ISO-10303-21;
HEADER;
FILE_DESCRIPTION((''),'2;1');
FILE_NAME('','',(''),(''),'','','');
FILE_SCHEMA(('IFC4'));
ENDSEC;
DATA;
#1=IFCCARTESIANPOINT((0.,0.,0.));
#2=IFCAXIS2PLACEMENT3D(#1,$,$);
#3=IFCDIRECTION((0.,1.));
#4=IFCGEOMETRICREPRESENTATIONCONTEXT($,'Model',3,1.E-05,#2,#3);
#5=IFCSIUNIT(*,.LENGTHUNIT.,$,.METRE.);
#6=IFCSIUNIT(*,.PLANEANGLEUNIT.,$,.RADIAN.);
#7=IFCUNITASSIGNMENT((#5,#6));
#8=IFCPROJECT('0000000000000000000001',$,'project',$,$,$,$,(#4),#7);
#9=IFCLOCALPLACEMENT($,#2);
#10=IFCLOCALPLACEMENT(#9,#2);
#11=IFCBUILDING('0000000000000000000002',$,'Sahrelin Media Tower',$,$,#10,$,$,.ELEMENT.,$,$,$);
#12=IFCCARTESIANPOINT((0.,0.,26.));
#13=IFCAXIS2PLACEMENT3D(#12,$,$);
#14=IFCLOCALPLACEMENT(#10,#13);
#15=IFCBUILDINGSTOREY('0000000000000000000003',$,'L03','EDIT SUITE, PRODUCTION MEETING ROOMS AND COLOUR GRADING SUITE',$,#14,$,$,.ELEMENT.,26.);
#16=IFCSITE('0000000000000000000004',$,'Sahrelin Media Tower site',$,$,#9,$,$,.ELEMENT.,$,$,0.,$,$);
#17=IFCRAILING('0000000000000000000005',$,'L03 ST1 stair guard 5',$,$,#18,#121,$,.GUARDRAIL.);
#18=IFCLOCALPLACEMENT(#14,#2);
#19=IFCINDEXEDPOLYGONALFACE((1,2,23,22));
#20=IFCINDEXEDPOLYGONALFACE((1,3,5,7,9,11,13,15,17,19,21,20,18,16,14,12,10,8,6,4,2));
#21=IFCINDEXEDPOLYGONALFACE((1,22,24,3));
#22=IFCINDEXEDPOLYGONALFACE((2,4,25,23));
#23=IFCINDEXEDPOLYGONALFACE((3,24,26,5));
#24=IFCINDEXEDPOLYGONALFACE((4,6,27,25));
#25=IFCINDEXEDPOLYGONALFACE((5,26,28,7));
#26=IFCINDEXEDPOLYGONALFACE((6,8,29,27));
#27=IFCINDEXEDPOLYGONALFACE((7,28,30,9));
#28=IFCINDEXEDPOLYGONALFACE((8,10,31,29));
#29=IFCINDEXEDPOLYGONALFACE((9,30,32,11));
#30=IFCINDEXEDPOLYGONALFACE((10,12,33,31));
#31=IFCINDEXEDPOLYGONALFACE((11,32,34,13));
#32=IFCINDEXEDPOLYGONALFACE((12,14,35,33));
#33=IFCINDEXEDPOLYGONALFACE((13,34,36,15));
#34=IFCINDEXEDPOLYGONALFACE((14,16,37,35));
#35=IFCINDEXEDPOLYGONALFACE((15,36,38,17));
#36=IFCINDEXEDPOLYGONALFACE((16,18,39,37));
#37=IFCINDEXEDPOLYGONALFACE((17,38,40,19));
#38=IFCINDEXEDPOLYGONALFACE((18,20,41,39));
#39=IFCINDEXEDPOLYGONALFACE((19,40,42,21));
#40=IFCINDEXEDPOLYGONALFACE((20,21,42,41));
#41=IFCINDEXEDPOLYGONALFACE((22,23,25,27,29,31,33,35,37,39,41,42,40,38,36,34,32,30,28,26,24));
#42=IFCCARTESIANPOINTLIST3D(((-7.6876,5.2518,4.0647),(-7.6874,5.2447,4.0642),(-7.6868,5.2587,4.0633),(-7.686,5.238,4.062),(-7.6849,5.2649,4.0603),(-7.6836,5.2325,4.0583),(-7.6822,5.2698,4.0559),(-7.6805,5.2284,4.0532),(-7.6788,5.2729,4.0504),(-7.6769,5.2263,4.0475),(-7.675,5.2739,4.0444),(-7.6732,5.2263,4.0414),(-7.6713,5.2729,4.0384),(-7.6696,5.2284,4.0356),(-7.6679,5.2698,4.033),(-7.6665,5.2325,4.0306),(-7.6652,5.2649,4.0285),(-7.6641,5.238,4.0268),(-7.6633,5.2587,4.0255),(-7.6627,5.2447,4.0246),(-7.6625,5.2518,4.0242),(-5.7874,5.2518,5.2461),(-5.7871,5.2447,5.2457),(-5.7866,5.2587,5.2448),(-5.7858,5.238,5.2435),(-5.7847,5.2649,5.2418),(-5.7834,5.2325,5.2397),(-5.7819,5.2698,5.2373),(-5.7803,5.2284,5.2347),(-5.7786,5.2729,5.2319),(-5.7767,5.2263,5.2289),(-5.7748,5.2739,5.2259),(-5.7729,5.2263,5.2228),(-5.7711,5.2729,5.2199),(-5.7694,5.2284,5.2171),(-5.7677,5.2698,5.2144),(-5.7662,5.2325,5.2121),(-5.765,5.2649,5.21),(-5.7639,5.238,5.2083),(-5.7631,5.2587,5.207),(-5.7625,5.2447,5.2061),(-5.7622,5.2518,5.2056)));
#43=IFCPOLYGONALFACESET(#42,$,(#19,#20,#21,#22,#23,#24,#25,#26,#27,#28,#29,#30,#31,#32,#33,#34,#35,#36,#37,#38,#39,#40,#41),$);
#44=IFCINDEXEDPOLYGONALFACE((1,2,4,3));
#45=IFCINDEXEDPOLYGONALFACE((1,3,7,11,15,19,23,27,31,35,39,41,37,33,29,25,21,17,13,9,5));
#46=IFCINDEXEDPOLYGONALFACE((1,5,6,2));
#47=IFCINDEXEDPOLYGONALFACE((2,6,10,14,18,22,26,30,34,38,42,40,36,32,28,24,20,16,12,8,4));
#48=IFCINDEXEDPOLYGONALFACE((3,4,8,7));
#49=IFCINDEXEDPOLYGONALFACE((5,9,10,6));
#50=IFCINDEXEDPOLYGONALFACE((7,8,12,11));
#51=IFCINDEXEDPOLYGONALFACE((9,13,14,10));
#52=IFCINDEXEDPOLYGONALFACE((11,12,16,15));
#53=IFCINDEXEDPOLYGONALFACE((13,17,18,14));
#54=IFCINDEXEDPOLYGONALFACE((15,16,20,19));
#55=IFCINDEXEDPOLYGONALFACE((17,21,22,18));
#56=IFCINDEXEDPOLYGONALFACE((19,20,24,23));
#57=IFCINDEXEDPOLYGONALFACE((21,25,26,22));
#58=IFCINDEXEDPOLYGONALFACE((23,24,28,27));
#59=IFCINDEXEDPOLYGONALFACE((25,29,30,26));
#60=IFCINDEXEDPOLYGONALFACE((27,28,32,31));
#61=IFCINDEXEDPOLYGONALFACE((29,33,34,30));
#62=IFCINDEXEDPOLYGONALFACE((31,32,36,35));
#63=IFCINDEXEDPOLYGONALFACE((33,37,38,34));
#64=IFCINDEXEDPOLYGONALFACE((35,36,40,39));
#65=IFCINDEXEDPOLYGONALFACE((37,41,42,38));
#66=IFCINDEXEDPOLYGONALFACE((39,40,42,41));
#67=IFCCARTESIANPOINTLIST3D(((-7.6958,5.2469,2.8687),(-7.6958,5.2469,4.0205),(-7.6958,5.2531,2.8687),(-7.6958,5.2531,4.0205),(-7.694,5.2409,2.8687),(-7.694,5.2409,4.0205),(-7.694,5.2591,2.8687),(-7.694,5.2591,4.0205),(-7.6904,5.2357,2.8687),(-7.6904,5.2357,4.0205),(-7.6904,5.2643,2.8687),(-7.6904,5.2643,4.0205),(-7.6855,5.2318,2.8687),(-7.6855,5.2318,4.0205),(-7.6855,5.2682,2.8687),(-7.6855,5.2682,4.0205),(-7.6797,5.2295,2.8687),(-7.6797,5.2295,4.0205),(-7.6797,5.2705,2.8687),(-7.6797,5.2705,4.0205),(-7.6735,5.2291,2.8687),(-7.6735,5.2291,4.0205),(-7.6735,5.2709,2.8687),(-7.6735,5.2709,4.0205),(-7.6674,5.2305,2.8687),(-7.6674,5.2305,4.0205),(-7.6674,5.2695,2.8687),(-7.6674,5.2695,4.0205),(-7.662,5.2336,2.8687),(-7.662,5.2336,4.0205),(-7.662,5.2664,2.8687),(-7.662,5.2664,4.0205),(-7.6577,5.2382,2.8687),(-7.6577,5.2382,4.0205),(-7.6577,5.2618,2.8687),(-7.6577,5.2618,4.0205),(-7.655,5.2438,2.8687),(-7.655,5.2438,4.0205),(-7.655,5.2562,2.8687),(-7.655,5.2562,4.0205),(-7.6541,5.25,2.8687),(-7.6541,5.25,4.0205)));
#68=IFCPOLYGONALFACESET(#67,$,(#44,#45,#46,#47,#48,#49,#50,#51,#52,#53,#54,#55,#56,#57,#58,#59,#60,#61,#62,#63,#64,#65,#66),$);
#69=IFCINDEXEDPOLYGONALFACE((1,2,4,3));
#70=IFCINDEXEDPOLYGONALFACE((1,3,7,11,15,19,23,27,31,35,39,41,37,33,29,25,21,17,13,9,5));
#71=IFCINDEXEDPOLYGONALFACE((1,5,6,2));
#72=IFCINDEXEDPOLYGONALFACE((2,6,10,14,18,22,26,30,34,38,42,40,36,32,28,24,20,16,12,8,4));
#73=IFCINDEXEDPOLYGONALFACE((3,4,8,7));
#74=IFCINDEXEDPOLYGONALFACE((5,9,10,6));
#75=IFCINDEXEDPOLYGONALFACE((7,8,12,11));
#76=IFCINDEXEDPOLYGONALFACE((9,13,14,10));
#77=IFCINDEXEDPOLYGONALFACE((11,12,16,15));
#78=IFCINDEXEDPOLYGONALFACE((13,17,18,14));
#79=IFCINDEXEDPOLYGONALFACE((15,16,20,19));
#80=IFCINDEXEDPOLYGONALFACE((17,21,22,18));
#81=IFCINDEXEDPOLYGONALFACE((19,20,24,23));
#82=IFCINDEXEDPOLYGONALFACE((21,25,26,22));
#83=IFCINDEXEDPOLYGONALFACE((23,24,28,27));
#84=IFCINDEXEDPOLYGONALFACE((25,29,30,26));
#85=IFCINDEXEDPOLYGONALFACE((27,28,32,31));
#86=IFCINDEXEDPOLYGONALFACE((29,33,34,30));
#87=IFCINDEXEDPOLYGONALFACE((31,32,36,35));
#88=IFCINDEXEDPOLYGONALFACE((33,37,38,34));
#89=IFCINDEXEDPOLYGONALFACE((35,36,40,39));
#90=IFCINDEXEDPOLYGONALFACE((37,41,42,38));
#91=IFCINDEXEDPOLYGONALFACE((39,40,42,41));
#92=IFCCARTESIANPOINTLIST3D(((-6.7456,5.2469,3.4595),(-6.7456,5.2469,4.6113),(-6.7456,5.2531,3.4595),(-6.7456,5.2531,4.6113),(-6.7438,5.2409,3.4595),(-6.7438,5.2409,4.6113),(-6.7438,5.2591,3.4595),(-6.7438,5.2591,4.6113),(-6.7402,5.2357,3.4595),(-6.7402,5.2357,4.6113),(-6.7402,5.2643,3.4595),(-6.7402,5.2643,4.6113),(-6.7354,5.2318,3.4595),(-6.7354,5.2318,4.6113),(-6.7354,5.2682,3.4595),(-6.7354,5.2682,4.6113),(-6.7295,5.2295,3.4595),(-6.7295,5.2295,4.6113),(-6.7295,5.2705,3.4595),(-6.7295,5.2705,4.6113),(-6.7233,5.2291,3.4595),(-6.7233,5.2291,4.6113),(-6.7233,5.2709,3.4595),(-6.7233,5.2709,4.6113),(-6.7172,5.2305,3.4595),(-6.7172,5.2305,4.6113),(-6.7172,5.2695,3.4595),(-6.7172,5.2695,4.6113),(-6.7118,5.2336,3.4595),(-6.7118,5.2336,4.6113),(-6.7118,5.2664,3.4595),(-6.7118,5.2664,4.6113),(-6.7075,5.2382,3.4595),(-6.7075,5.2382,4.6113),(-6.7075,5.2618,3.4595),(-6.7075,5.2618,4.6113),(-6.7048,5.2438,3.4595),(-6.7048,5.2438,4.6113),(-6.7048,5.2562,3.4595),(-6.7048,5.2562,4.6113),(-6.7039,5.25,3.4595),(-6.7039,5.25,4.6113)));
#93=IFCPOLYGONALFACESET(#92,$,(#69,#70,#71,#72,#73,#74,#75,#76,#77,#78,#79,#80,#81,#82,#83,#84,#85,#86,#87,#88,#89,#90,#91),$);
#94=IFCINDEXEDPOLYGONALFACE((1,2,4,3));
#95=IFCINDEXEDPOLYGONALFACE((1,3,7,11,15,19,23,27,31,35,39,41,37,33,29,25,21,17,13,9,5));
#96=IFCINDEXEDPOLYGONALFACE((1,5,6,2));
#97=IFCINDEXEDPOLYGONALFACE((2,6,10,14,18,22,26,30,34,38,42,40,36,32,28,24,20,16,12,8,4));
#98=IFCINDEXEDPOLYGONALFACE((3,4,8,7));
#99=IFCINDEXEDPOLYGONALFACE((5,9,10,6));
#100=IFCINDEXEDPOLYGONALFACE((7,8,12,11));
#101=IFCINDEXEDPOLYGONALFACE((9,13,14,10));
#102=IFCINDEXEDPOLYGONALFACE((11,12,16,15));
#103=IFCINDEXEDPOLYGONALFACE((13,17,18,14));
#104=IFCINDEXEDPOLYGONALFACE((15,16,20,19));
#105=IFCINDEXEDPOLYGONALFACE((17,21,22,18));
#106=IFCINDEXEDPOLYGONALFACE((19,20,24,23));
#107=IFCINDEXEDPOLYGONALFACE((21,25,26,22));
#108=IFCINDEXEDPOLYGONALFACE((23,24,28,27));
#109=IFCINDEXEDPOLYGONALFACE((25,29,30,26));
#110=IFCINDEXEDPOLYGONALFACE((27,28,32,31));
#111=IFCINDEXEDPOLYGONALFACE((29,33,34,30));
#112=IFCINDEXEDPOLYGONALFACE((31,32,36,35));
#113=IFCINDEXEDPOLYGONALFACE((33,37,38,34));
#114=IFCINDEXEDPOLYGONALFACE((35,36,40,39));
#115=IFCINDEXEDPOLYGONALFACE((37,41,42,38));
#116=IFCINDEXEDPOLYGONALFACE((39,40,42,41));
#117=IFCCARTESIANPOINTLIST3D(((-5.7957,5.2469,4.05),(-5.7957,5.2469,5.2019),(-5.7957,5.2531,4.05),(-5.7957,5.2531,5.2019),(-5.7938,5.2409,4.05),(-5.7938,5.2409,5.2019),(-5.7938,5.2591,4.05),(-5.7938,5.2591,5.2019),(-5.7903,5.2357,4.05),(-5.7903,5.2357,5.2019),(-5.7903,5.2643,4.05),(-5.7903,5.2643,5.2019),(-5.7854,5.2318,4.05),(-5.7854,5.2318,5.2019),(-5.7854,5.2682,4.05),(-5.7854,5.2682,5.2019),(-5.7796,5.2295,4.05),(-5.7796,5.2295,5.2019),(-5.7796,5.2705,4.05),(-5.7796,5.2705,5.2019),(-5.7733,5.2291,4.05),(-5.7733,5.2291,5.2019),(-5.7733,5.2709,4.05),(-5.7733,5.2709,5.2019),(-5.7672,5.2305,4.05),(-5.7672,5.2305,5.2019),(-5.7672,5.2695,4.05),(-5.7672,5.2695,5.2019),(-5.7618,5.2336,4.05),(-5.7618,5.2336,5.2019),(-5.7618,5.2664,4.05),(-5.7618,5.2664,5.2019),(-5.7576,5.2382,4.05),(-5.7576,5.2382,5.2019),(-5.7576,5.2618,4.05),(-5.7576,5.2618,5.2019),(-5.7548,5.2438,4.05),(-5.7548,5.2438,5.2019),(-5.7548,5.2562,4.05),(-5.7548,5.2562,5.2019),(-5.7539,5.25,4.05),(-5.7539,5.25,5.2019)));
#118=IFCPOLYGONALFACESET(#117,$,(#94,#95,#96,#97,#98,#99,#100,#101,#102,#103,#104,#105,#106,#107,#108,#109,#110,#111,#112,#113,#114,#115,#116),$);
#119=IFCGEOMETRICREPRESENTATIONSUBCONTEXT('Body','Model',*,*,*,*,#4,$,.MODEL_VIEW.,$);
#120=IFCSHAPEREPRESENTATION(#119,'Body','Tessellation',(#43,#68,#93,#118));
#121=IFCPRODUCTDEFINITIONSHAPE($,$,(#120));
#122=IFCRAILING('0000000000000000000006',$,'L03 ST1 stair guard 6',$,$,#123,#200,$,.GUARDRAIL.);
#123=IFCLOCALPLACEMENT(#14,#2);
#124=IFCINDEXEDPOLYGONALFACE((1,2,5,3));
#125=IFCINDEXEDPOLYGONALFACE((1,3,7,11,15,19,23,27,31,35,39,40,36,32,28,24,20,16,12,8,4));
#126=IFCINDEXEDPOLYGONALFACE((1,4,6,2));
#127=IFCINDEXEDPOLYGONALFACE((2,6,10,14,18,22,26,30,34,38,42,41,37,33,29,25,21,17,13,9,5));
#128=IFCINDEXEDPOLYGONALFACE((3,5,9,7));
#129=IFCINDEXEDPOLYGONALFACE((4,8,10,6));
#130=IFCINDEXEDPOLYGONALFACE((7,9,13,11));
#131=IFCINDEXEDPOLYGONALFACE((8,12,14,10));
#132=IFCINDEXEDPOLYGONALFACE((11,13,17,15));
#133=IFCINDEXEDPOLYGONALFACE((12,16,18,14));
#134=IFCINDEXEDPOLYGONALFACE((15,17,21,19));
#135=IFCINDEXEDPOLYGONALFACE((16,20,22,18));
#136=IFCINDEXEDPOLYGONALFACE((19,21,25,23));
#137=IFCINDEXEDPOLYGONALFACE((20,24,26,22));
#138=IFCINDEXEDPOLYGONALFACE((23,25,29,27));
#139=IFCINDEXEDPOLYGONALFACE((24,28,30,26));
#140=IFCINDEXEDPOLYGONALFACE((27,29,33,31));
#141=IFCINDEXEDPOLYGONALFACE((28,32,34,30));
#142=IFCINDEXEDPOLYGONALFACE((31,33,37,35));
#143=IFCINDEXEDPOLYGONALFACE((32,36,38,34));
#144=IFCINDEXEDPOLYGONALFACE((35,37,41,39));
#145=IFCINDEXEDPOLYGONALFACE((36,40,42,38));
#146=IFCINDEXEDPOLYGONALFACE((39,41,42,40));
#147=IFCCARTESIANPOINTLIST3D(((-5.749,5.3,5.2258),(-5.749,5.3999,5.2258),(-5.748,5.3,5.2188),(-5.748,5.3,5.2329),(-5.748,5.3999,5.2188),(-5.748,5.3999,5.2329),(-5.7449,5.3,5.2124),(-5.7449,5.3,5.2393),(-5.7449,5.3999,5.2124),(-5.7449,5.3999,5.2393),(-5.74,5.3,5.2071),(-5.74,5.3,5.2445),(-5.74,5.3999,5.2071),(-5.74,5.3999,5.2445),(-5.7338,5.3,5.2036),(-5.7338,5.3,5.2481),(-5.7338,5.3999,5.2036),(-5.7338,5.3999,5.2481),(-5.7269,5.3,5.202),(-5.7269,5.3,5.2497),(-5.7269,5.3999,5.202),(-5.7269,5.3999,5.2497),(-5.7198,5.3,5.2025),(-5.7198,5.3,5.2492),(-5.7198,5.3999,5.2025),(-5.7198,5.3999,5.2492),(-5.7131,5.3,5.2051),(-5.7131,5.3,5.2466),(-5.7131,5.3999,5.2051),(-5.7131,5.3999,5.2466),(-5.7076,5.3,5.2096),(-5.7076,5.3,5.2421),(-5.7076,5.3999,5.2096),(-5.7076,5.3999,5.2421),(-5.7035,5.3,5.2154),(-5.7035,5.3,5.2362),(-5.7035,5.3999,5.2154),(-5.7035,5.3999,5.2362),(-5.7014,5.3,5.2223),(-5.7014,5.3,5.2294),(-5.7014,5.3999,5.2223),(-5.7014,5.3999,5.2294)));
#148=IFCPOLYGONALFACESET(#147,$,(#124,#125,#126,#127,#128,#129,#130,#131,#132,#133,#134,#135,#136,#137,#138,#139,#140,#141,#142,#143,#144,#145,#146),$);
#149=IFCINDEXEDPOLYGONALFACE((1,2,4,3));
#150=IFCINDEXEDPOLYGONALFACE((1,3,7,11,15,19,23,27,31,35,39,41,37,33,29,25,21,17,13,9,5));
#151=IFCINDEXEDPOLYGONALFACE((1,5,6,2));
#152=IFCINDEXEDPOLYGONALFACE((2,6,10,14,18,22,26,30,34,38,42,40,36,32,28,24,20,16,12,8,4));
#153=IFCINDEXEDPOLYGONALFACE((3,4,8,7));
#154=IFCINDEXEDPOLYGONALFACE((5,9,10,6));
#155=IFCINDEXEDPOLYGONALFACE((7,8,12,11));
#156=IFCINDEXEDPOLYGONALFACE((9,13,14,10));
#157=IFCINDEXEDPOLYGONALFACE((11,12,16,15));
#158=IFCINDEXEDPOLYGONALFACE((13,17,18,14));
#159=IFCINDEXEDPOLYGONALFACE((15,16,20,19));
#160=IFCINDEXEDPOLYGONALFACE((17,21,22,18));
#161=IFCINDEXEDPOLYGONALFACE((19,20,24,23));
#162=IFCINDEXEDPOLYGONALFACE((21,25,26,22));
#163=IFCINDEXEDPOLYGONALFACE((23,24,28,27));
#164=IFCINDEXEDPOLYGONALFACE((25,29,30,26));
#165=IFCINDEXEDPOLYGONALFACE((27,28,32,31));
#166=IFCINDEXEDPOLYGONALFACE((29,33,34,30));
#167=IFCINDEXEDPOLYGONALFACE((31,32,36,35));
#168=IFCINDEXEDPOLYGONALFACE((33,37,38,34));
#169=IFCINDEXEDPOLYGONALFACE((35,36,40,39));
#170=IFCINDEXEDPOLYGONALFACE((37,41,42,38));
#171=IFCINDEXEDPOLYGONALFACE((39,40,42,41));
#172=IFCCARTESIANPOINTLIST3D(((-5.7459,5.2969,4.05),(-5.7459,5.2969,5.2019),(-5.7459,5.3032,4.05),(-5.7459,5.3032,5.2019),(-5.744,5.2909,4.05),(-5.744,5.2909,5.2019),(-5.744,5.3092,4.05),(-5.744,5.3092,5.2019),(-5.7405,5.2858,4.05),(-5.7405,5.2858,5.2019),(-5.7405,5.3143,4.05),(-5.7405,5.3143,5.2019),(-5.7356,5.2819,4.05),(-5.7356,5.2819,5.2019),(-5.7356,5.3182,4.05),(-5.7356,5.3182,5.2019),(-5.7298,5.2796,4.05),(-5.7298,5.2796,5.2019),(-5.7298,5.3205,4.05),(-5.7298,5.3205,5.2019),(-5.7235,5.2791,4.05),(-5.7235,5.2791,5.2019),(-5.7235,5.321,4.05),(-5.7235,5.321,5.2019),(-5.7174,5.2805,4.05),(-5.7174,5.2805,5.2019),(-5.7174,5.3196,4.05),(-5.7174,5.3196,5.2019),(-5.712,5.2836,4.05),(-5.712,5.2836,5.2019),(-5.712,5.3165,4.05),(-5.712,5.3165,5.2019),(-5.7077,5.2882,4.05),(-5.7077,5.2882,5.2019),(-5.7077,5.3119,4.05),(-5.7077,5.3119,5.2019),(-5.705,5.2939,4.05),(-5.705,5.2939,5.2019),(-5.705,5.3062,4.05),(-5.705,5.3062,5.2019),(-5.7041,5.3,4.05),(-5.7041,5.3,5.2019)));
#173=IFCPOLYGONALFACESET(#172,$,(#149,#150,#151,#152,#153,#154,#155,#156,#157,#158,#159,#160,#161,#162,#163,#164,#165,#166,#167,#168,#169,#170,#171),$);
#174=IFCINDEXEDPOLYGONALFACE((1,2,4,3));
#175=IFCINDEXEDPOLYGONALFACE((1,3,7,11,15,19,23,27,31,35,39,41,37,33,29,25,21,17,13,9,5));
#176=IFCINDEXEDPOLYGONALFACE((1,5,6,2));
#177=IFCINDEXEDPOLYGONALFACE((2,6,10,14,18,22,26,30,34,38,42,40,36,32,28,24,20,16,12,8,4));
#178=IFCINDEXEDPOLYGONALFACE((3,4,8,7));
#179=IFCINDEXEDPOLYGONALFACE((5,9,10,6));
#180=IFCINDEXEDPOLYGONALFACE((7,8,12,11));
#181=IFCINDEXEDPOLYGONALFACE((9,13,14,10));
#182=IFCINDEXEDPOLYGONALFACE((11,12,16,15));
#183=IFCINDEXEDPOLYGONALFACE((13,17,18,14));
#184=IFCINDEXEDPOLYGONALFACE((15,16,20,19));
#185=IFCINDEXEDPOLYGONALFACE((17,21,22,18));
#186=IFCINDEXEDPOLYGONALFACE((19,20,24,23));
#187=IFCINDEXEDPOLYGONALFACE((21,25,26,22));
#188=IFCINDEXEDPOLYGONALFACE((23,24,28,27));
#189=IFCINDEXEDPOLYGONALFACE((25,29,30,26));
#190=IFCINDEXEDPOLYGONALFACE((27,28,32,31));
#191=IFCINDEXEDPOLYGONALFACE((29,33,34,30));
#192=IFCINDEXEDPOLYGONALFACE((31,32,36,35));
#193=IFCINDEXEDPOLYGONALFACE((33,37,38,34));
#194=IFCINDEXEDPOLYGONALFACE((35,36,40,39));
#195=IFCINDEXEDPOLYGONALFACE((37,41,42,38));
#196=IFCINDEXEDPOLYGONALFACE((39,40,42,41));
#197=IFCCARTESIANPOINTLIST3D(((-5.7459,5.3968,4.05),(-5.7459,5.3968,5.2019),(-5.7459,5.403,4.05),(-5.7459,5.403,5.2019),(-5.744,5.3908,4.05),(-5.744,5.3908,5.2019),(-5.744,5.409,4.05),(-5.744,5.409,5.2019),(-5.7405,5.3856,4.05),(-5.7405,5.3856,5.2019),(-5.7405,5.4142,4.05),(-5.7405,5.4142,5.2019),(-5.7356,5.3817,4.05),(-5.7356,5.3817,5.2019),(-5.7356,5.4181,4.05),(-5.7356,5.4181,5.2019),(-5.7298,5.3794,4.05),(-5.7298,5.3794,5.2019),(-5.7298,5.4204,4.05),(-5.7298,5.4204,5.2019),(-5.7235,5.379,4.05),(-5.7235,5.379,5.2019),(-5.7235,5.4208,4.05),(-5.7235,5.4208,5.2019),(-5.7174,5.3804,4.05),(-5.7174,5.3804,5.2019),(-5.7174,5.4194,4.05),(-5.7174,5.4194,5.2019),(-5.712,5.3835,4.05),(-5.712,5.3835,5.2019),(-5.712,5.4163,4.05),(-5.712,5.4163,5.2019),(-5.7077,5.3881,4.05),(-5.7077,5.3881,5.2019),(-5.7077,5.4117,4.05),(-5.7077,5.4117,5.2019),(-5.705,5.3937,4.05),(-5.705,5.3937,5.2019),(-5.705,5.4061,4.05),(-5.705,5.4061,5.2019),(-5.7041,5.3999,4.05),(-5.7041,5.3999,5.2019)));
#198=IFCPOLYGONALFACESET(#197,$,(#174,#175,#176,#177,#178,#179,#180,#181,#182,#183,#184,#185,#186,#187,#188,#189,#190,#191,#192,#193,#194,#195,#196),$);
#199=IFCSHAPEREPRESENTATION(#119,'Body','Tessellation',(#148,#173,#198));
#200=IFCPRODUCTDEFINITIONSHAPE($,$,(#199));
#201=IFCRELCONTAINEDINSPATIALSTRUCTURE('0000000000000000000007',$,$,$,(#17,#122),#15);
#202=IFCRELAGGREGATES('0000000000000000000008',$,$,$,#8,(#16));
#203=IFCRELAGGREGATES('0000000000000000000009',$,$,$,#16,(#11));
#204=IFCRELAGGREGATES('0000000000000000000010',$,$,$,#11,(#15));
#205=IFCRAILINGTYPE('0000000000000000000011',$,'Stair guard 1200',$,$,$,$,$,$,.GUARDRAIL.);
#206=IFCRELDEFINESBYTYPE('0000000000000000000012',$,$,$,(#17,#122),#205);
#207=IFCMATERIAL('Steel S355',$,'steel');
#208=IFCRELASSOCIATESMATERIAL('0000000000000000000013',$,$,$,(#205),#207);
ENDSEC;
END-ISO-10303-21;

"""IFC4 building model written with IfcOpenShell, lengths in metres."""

from ifc_helpers import new_model, si_unit, direction, frame, origin, origin_2d, place, context, subcontext, project, spatial, circle, extrude, material, type_object, element, save


model = new_model("IFC4")

# Units and contexts
model_context = context("Model", 3, precision=1e-05, world=origin(), true_north=direction((0.0, 1.0)))
body_context = subcontext(model_context, "Body", "Model", "MODEL_VIEW")
ifc_project = project(units=[si_unit("LENGTHUNIT", "METRE"), si_unit("PLANEANGLEUNIT", "RADIAN")], contexts=[model_context])

# Site, building, storey
site_placement = place(None, origin())
site = spatial("IfcSite", under=ifc_project, at=site_placement, Name="Sahrelin Media Tower site", CompositionType="ELEMENT", RefElevation=0.0)
building_placement = place(site_placement, origin())
building = spatial("IfcBuilding", under=site, at=building_placement, Name="Sahrelin Media Tower", CompositionType="ELEMENT")
storey_placement = place(building_placement, frame((0.0, 0.0, 26.0)))
storey = spatial("IfcBuildingStorey", under=building, at=storey_placement, Name="L03", Description="EDIT SUITE, PRODUCTION MEETING ROOMS AND COLOUR GRADING SUITE", CompositionType="ELEMENT", Elevation=26.0)

# Shared definitions
ifc_material_1 = material(Name="Steel S355", Category="steel")

# Railings
railing_type_1 = type_object("IfcRailingType", Name="Stair guard 1200", PredefinedType="GUARDRAIL", material=ifc_material_1)
railing_1_placement = place(storey_placement, frame((-7.675, 5.25, 2.8687)))
element("IfcRailing", 1, at=railing_1_placement, inside=storey, type_object=railing_type_1, Name="L03 ST1 stair guard 5", PredefinedType="GUARDRAIL", context=body_context, shape_type="SweptSolid", body=[
    extrude(circle(Radius=0.0239, at=origin_2d()), frame((0.0, 0.0, 1.1758), z_axis=(0.84924, 0.0, 0.528006), x_axis=(0.0, 1.0, 0.0)), (0.0, 0.0, 1.0), 2.2375),
    extrude(circle(Radius=0.021, at=origin_2d()), origin(), (0.0, 0.0, 1.0), 1.1519),
    extrude(circle(Radius=0.021, at=origin_2d()), frame((0.9502, 0.0, 0.5908)), (0.0, 0.0, 1.0), 1.1519),
    extrude(circle(Radius=0.021, at=origin_2d()), frame((1.9001, 0.0, 1.1814)), (0.0, 0.0, 1.0), 1.1519),
])
for number, where, name in (
    (2, (-5.7251, 5.3, 4.05), "L03 ST1 stair guard 6"),
):
    element("IfcRailing", number, at=place(storey_placement, frame(where)), inside=storey, type_object=railing_type_1, Name=name, PredefinedType="GUARDRAIL", context=body_context, shape_type="SweptSolid", body=[
        extrude(circle(Radius=0.0239, at=origin_2d()), frame((0.0, 0.0, 1.1758), z_axis=(0.0, 1.0, 0.0), x_axis=(-1.0, 0.0, 0.0)), (0.0, 0.0, 1.0), 0.0999),
        extrude(circle(Radius=0.021, at=origin_2d()), origin(), (0.0, 0.0, 1.0), 1.1519),
        extrude(circle(Radius=0.021, at=origin_2d()), frame((0.0, 0.0999, 0.0)), (0.0, 0.0, 1.0), 1.1519),
    ])

save(model, "model.ifc")
